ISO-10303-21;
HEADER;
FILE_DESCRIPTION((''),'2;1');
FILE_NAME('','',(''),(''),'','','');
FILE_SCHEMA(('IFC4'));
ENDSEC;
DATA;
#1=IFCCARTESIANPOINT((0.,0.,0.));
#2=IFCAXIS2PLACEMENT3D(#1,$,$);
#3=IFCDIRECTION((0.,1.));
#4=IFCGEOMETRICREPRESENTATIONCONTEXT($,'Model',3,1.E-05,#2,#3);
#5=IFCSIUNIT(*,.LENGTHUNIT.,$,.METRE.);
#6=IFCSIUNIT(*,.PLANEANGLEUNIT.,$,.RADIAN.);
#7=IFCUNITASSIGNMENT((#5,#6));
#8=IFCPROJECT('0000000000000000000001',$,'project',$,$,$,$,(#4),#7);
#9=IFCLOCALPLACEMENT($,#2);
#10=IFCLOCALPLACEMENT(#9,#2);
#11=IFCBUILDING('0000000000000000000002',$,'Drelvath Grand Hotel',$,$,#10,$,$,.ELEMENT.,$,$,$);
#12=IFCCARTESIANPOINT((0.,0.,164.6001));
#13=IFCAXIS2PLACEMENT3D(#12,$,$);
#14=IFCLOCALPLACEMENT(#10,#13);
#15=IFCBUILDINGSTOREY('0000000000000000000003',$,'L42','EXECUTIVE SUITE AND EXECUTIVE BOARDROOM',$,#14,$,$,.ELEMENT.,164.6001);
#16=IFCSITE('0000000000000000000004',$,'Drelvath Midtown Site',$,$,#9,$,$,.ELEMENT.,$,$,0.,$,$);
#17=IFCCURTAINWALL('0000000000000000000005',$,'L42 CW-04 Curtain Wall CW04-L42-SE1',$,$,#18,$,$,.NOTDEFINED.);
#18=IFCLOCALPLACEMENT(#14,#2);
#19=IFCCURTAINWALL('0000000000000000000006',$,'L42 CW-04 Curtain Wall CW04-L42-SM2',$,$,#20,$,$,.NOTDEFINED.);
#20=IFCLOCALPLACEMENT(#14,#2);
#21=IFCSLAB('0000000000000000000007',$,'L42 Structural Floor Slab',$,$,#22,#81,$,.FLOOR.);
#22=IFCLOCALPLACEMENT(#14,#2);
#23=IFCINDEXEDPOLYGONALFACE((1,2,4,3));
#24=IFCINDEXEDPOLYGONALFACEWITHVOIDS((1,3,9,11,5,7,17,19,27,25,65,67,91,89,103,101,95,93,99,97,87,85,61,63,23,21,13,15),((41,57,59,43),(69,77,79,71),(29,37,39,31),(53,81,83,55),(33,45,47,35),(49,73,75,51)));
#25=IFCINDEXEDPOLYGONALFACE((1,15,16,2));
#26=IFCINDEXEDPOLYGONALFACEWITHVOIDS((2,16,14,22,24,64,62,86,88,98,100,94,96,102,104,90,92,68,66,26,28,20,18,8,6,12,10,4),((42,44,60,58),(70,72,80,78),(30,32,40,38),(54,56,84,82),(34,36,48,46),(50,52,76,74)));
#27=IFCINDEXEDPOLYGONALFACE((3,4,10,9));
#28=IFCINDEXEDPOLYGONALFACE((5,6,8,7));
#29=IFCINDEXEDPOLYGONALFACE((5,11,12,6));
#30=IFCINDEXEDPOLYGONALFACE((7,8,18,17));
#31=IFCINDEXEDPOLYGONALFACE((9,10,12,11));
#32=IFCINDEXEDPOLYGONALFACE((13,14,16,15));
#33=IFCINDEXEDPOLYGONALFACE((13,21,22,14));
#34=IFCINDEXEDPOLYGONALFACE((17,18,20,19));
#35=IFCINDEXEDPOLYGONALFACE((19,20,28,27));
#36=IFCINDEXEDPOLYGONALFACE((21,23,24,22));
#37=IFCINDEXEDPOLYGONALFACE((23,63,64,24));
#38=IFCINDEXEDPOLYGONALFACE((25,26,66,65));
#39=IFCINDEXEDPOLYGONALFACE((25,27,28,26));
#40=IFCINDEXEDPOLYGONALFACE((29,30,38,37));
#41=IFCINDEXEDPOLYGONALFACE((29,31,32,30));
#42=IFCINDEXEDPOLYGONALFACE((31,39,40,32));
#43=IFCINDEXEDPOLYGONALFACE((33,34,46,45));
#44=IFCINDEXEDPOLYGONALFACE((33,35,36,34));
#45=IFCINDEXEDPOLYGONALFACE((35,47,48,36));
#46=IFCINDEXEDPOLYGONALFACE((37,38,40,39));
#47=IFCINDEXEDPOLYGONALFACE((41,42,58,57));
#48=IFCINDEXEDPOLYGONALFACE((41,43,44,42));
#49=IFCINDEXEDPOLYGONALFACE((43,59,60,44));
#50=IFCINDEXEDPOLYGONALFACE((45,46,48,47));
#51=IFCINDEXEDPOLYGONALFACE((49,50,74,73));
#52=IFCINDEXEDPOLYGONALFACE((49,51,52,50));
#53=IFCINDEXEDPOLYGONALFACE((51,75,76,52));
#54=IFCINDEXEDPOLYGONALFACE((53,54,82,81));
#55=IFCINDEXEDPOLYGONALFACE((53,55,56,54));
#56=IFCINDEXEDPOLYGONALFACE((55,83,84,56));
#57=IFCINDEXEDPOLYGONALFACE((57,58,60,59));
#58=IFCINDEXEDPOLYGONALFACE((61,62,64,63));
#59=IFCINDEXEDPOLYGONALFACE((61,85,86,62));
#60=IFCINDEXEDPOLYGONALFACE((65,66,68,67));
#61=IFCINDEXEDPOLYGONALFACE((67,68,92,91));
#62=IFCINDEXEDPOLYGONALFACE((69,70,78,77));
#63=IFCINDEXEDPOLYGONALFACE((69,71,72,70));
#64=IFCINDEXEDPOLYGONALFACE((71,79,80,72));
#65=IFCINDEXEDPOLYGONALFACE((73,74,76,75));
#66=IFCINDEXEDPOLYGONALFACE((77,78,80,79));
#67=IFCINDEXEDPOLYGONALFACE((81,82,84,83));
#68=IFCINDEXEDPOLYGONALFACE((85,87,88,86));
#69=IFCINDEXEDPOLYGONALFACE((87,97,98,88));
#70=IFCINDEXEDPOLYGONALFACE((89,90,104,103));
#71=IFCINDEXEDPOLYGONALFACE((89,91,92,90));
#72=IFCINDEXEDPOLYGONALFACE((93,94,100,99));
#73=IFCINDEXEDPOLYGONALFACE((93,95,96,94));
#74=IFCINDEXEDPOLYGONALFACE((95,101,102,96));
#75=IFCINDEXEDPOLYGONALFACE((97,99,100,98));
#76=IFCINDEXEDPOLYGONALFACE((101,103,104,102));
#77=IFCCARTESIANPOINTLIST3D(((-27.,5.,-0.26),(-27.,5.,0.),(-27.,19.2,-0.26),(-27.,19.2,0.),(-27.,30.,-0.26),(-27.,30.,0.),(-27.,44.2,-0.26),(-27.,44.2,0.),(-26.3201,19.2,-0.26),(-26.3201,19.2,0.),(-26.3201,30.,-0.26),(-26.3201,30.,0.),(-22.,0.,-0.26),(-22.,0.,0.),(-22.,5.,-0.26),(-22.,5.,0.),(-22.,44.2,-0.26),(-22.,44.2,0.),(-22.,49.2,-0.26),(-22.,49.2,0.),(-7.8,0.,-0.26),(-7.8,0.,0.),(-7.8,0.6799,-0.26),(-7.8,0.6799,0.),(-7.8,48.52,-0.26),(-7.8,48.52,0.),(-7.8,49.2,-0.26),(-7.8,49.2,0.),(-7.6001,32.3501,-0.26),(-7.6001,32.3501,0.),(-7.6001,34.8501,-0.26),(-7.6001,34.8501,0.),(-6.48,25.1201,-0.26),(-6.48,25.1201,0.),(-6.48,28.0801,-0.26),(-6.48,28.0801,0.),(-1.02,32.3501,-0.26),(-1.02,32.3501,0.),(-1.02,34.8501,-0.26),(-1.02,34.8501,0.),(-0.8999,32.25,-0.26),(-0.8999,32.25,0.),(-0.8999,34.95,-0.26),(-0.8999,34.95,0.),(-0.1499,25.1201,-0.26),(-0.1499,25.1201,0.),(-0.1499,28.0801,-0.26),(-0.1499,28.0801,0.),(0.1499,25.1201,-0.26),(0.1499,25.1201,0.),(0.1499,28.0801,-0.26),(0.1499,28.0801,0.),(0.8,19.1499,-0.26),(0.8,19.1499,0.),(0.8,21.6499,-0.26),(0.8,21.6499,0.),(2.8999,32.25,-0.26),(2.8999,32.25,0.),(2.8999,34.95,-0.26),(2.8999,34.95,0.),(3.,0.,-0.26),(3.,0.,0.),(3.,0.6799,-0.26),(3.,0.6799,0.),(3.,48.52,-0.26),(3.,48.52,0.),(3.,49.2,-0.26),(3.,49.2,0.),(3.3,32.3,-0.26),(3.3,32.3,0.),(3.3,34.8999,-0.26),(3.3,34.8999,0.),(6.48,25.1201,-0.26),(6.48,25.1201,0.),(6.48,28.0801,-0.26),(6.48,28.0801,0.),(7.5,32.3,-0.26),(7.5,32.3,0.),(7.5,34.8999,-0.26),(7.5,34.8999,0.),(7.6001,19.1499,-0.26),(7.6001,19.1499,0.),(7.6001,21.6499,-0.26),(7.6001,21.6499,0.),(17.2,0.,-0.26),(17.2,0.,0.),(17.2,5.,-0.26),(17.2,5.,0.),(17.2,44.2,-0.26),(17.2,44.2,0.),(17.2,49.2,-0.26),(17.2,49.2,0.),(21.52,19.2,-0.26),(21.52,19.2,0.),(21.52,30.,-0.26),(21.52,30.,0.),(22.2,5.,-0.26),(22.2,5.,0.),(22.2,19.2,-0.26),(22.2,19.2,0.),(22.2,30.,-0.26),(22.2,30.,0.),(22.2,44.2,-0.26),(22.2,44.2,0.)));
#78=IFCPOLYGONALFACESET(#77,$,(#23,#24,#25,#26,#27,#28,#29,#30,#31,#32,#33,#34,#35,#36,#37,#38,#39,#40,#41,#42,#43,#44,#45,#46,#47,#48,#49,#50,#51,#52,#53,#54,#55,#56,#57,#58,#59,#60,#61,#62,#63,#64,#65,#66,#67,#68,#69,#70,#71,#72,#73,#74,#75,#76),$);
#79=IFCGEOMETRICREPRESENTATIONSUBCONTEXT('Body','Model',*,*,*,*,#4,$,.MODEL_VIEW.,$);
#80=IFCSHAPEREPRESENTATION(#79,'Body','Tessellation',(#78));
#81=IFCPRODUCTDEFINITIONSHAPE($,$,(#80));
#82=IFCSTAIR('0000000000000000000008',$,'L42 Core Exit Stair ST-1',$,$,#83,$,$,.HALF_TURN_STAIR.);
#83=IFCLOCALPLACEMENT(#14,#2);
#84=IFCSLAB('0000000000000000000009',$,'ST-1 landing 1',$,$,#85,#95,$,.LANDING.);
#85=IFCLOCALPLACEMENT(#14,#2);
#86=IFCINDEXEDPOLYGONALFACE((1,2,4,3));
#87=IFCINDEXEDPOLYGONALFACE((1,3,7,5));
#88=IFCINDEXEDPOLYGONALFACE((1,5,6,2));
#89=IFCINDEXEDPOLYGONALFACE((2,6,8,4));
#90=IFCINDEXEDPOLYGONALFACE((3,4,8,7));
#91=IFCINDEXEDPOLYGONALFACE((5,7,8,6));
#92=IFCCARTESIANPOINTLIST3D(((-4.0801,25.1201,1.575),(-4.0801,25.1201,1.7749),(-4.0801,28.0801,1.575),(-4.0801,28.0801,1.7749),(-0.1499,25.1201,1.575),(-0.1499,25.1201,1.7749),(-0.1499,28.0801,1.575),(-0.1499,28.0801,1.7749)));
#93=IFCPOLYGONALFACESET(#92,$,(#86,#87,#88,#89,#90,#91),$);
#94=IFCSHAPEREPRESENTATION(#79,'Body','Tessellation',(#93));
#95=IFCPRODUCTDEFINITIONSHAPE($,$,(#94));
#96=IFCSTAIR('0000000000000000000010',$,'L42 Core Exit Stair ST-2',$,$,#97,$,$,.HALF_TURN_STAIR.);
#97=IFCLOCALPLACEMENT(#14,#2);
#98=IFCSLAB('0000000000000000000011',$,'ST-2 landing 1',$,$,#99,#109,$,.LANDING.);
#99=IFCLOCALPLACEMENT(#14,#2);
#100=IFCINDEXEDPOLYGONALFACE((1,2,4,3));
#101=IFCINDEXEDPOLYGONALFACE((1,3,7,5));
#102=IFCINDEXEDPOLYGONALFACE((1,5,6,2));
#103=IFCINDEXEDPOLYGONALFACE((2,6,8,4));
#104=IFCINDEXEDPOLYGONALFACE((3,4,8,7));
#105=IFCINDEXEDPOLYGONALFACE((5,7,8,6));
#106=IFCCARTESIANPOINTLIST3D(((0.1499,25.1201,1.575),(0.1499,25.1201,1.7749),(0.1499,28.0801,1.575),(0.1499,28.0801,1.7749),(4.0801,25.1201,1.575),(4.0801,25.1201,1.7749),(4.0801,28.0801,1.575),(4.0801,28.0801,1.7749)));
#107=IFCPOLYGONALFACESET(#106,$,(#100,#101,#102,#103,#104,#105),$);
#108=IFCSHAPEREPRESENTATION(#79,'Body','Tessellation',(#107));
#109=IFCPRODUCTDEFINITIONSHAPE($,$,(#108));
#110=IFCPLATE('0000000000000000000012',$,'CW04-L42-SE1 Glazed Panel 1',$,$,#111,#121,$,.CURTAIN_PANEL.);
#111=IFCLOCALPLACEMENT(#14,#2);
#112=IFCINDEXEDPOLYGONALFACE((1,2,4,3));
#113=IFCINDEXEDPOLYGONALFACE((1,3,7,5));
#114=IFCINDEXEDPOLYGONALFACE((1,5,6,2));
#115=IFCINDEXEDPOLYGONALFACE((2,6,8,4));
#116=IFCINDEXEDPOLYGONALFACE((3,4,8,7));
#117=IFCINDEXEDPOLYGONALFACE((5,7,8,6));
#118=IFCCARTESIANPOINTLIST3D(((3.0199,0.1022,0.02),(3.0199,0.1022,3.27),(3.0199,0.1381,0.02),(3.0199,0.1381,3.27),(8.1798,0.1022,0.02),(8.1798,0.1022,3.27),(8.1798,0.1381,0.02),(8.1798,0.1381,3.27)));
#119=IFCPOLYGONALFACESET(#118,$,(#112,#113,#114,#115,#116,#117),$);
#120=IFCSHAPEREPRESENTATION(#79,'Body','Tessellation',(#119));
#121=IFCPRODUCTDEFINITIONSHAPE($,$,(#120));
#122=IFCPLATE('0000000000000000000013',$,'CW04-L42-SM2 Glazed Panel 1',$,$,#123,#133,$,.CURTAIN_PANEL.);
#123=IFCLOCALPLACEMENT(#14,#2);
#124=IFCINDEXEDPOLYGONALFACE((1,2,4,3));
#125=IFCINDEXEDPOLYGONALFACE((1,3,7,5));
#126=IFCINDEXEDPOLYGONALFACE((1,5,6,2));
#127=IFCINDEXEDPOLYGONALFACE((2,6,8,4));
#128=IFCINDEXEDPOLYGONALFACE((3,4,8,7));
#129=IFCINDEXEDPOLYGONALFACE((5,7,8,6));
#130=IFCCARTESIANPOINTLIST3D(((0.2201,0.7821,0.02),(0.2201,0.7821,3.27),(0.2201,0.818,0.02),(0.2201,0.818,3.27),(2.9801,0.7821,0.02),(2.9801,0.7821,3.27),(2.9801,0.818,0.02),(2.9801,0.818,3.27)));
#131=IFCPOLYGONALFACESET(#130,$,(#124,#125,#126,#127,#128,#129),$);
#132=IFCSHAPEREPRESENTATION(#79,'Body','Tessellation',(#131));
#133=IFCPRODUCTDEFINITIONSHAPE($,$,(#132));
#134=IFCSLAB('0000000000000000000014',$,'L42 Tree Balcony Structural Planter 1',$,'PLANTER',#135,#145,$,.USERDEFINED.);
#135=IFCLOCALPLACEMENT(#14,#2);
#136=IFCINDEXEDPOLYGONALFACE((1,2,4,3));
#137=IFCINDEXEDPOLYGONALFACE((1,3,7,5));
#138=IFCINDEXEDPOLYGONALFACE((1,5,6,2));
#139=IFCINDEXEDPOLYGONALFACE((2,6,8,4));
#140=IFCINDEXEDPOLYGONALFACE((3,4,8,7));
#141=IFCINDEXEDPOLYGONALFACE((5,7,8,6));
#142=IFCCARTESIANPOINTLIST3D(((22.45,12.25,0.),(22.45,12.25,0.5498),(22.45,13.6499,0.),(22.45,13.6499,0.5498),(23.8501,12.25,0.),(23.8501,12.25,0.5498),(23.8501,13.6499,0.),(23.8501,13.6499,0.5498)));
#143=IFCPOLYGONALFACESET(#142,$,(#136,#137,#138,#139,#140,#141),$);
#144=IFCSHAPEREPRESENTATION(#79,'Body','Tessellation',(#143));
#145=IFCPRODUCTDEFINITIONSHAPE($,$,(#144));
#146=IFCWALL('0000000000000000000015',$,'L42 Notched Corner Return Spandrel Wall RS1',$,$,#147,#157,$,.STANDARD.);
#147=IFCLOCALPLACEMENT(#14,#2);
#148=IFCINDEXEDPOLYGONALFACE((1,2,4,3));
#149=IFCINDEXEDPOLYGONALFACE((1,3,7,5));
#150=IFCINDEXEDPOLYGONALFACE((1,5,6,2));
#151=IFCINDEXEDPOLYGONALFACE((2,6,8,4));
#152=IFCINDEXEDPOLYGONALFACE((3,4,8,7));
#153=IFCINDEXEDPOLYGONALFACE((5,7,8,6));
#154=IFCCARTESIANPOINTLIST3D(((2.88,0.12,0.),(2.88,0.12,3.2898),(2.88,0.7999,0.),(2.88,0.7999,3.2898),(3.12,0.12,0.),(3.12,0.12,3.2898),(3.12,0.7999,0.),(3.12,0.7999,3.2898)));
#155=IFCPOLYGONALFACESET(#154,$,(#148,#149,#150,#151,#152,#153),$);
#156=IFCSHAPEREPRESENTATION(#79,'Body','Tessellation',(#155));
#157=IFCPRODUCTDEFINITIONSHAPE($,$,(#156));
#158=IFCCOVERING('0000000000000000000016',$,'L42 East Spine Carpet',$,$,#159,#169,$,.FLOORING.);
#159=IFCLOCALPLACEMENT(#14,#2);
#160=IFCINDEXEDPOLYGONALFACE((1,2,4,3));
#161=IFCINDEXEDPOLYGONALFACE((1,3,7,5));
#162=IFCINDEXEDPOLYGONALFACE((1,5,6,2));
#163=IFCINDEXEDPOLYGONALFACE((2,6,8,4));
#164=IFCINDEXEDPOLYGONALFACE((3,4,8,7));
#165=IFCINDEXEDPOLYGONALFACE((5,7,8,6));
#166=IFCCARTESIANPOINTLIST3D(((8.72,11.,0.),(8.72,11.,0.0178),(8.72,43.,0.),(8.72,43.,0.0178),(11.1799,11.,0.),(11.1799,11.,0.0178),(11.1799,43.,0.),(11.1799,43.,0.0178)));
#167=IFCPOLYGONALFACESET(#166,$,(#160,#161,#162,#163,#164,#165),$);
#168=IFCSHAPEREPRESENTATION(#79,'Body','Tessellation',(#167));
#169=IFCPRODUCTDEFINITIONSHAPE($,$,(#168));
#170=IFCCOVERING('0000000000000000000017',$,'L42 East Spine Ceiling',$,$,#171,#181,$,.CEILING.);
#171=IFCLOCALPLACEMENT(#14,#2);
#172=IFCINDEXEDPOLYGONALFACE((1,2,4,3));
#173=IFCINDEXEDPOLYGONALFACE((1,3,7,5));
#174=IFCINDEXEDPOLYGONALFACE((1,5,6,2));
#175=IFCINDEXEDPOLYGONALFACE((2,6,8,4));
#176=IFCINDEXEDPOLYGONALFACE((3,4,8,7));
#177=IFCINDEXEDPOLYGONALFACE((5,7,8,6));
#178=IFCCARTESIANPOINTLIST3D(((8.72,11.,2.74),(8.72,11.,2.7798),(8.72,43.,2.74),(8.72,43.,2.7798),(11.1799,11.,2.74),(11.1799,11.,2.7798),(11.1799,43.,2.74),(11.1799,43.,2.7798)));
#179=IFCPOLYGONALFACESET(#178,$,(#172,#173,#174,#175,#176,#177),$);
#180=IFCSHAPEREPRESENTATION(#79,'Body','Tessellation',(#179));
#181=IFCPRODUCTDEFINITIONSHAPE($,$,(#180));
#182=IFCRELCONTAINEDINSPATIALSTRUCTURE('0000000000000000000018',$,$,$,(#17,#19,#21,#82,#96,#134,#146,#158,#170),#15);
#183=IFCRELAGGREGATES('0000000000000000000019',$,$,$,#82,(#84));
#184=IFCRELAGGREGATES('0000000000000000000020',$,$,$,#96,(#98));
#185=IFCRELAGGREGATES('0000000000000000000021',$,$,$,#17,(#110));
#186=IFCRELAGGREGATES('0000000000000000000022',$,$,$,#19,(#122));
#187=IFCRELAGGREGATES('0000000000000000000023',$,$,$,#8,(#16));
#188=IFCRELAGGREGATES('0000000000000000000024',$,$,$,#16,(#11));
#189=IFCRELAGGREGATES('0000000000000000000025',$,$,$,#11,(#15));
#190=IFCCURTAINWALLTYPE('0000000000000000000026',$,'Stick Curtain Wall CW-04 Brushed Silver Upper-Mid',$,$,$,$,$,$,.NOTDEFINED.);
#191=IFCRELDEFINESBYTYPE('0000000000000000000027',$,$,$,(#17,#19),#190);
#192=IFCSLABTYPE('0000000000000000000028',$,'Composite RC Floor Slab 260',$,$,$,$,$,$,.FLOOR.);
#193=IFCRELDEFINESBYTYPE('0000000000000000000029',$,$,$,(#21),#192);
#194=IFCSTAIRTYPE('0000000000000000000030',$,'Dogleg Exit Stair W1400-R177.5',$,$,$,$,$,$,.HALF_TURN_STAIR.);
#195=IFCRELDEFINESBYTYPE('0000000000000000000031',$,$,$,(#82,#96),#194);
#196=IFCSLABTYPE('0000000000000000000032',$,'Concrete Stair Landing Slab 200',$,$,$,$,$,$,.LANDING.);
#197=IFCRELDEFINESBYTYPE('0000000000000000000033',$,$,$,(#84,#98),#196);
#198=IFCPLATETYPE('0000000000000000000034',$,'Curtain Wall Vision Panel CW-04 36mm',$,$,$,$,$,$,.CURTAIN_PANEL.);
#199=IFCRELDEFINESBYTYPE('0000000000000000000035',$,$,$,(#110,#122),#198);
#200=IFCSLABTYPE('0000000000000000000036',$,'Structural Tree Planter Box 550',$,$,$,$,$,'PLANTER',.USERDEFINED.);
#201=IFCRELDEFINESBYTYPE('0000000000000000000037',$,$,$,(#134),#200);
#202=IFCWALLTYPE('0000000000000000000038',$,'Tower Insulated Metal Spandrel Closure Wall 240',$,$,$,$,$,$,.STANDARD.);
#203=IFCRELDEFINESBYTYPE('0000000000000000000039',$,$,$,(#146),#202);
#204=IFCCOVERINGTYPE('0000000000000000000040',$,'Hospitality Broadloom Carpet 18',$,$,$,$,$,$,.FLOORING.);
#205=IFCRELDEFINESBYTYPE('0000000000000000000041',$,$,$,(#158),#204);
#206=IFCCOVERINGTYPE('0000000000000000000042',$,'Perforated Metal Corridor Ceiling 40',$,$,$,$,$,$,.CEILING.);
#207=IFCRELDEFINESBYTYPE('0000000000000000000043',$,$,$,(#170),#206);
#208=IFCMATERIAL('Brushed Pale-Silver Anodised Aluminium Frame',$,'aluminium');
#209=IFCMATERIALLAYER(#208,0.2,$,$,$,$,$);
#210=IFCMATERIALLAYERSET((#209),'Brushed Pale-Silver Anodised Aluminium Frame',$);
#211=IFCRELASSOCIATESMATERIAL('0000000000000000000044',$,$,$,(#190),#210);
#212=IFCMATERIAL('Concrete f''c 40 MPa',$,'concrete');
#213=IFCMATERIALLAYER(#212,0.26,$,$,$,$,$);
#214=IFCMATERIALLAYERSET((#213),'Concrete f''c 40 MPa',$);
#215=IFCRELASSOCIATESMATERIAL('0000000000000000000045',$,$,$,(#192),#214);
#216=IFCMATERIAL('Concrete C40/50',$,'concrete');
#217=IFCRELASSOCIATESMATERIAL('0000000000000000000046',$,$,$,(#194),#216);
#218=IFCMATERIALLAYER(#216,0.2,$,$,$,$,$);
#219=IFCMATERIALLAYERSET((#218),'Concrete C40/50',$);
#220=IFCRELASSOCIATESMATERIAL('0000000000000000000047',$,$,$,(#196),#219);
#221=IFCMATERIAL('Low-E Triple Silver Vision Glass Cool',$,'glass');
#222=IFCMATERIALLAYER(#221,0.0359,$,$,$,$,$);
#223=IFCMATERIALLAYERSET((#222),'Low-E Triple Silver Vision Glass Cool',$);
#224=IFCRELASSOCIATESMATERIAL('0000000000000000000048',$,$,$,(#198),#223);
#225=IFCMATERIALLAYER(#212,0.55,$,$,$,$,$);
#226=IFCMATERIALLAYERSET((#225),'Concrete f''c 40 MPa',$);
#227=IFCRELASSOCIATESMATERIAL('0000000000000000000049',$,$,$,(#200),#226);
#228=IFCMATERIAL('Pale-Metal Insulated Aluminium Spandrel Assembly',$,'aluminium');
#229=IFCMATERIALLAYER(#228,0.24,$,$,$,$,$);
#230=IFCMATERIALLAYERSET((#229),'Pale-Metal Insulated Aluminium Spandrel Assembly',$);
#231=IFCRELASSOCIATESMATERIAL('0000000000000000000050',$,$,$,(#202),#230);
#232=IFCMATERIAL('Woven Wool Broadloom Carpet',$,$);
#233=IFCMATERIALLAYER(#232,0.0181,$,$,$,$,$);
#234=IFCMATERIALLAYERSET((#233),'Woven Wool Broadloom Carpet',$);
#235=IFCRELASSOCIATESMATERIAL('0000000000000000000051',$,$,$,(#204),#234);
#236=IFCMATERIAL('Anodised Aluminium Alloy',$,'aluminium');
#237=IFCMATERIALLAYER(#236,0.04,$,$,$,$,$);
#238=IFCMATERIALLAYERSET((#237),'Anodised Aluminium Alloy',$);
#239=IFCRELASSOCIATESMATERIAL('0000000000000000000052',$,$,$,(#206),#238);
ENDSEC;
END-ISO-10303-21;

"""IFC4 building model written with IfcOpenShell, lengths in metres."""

from ifc_helpers import new_model, si_unit, direction, frame, frame_2d, origin, origin_2d, place, context, subcontext, project, spatial, polyline, rectangle, outline, extrude, material, layer, layer_set, type_object, element, aggregate, save


model = new_model("IFC4")

# Units and contexts
model_context = context("Model", 3, precision=1e-05, world=origin(), true_north=direction((0.0, 1.0)))
body_context = subcontext(model_context, "Body", "Model", "MODEL_VIEW")
ifc_project = project(units=[si_unit("LENGTHUNIT", "METRE"), si_unit("PLANEANGLEUNIT", "RADIAN")], contexts=[model_context])

# Site, building, storey
site_placement = place(None, origin())
site = spatial("IfcSite", under=ifc_project, at=site_placement, Name="Drelvath Midtown Site", CompositionType="ELEMENT", RefElevation=0.0)
building_placement = place(site_placement, origin())
building = spatial("IfcBuilding", under=site, at=building_placement, Name="Drelvath Grand Hotel", CompositionType="ELEMENT")
storey_placement = place(building_placement, frame((0.0, 0.0, 164.6001)))
storey = spatial("IfcBuildingStorey", under=building, at=storey_placement, Name="L42", Description="EXECUTIVE SUITE AND EXECUTIVE BOARDROOM", CompositionType="ELEMENT", Elevation=164.6001)

# Curtain walls
ifc_material_1 = material(Name="Brushed Pale-Silver Anodised Aluminium Frame", Category="aluminium")
ifc_layer_1 = layer(ifc_material_1, 0.2)
ifc_layer_set_1 = layer_set([ifc_layer_1], Name="Brushed Pale-Silver Anodised Aluminium Frame")
curtain_wall_type = type_object("IfcCurtainWallType", Name="Stick Curtain Wall CW-04 Brushed Silver Upper-Mid", PredefinedType="NOTDEFINED", material=ifc_layer_set_1)
curtain_wall_1_placement = place(storey_placement, origin())
curtain_wall_1 = element("IfcCurtainWall", 1, at=curtain_wall_1_placement, inside=storey, type_object=curtain_wall_type, Name="L42 CW-04 Curtain Wall CW04-L42-SE1", PredefinedType="NOTDEFINED")
curtain_wall_2_placement = place(storey_placement, origin())
curtain_wall_2 = element("IfcCurtainWall", 2, at=curtain_wall_2_placement, inside=storey, type_object=curtain_wall_type, Name="L42 CW-04 Curtain Wall CW04-L42-SM2", PredefinedType="NOTDEFINED")

# Slab
ifc_material_2 = material(Name="Concrete f'c 40 MPa", Category="concrete")
ifc_layer_2 = layer(ifc_material_2, 0.26)
ifc_layer_set_2 = layer_set([ifc_layer_2], Name="Concrete f'c 40 MPa")
slab_type_1 = type_object("IfcSlabType", Name="Composite RC Floor Slab 260", PredefinedType="FLOOR", material=ifc_layer_set_2)
slab_1_placement = place(storey_placement, frame((0.0, 0.0, -0.26)))
element("IfcSlab", 3, at=slab_1_placement, inside=storey, type_object=slab_type_1, Name="L42 Structural Floor Slab", PredefinedType="FLOOR", context=body_context, shape_type="SweptSolid", body=[
    extrude(outline(polyline([(-22.0, 0.0), (-7.8, 0.0), (-7.8, 0.6799), (3.0, 0.6799), (3.0, 0.0), (17.2, 0.0), (17.2, 5.0), (22.2, 5.0), (22.2, 19.2), (21.52, 19.2), (21.52, 30.0), (22.2, 30.0), (22.2, 44.2), (17.2, 44.2), (17.2, 49.2), (3.0, 49.2), (3.0, 48.52), (-7.8, 48.52), (-7.8, 49.2), (-22.0, 49.2), (-22.0, 44.2), (-27.0, 44.2), (-27.0, 30.0), (-26.3201, 30.0), (-26.3201, 19.2), (-27.0, 19.2), (-27.0, 5.0), (-22.0, 5.0), (-22.0, 0.0)]), holes=[polyline([(-6.48, 25.1201), (-6.48, 28.0801), (-0.1499, 28.0801), (-0.1499, 25.1201), (-6.48, 25.1201)]), polyline([(0.1499, 25.1201), (0.1499, 28.0801), (6.48, 28.0801), (6.48, 25.1201), (0.1499, 25.1201)]), polyline([(0.8, 19.1499), (0.8, 21.6499), (7.6001, 21.6499), (7.6001, 19.1499), (0.8, 19.1499)]), polyline([(-7.6001, 32.3501), (-7.6001, 34.8501), (-1.02, 34.8501), (-1.02, 32.3501), (-7.6001, 32.3501)]), polyline([(-0.8999, 32.25), (-0.8999, 34.95), (2.8999, 34.95), (2.8999, 32.25), (-0.8999, 32.25)]), polyline([(3.3, 32.3), (3.3, 34.8999), (7.5, 34.8999), (7.5, 32.3), (3.3, 32.3)])]), origin(), (0.0, 0.0, 1.0), 0.26),
])

# Stairs, slabs
ifc_material_3 = material(Name="Concrete C40/50", Category="concrete")
stair_type = type_object("IfcStairType", Name="Dogleg Exit Stair W1400-R177.5", PredefinedType="HALF_TURN_STAIR", material=ifc_material_3)
stair_1_placement = place(storey_placement, origin())
stair_1 = element("IfcStair", 4, at=stair_1_placement, inside=storey, type_object=stair_type, Name="L42 Core Exit Stair ST-1", PredefinedType="HALF_TURN_STAIR")
ifc_layer_3 = layer(ifc_material_3, 0.2)
ifc_layer_set_3 = layer_set([ifc_layer_3], Name="Concrete C40/50")
slab_type_2 = type_object("IfcSlabType", Name="Concrete Stair Landing Slab 200", PredefinedType="LANDING", material=ifc_layer_set_3)
slab_2_placement = place(storey_placement, frame((0.0, 0.0, 1.575)))
slab_2 = element("IfcSlab", 5, at=slab_2_placement, type_object=slab_type_2, Name="ST-1 landing 1", PredefinedType="LANDING", context=body_context, shape_type="SweptSolid", body=[
    extrude(outline(polyline([(-4.0801, 25.1201), (-0.1499, 25.1201), (-0.1499, 28.0801), (-4.0801, 28.0801), (-4.0801, 25.1201)])), origin(), (0.0, 0.0, 1.0), 0.2),
])
aggregate(stair_1, [slab_2])
stair_2_placement = place(storey_placement, origin())
stair_2 = element("IfcStair", 6, at=stair_2_placement, inside=storey, type_object=stair_type, Name="L42 Core Exit Stair ST-2", PredefinedType="HALF_TURN_STAIR")
slab_3_placement = place(storey_placement, frame((0.0, 0.0, 1.575)))
slab_3 = element("IfcSlab", 7, at=slab_3_placement, type_object=slab_type_2, Name="ST-2 landing 1", PredefinedType="LANDING", context=body_context, shape_type="SweptSolid", body=[
    extrude(outline(polyline([(4.0801, 28.0801), (0.1499, 28.0801), (0.1499, 25.1201), (4.0801, 25.1201), (4.0801, 28.0801)])), origin(), (0.0, 0.0, 1.0), 0.2),
])
aggregate(stair_2, [slab_3])

# Plates
ifc_material_4 = material(Name="Low-E Triple Silver Vision Glass Cool", Category="glass")
ifc_layer_4 = layer(ifc_material_4, 0.0359)
ifc_layer_set_4 = layer_set([ifc_layer_4], Name="Low-E Triple Silver Vision Glass Cool")
plate_type = type_object("IfcPlateType", Name="Curtain Wall Vision Panel CW-04 36mm", PredefinedType="CURTAIN_PANEL", material=ifc_layer_set_4)
plate_1_placement = place(storey_placement, frame((5.5999, 0.1201, 0.02), z_axis=(0.0, 0.0, 1.0), x_axis=(-1.0, 0.0, 0.0)))
plate_1 = element("IfcPlate", 8, at=plate_1_placement, type_object=plate_type, Name="CW04-L42-SE1 Glazed Panel 1", PredefinedType="CURTAIN_PANEL", context=body_context, shape_type="SweptSolid", body=[
    extrude(rectangle(XDim=5.1599, YDim=0.0359, at=origin_2d()), origin(), (0.0, 0.0, 1.0), 3.25),
])
aggregate(curtain_wall_1, [plate_1])
plate_2_placement = place(storey_placement, frame((1.6001, 0.8, 0.02), z_axis=(0.0, 0.0, 1.0), x_axis=(-1.0, 0.0, 0.0)))
plate_2 = element("IfcPlate", 9, at=plate_2_placement, type_object=plate_type, Name="CW04-L42-SM2 Glazed Panel 1", PredefinedType="CURTAIN_PANEL", context=body_context, shape_type="SweptSolid", body=[
    extrude(rectangle(XDim=2.76, YDim=0.0359, at=origin_2d()), origin(), (0.0, 0.0, 1.0), 3.25),
])
aggregate(curtain_wall_2, [plate_2])

# Slab
ifc_layer_5 = layer(ifc_material_2, 0.55)
ifc_layer_set_5 = layer_set([ifc_layer_5], Name="Concrete f'c 40 MPa")
slab_type_3 = type_object("IfcSlabType", Name="Structural Tree Planter Box 550", ElementType="PLANTER", PredefinedType="USERDEFINED", material=ifc_layer_set_5)
slab_4_placement = place(storey_placement, origin())
element("IfcSlab", 10, at=slab_4_placement, inside=storey, type_object=slab_type_3, Name="L42 Tree Balcony Structural Planter 1", ObjectType="PLANTER", PredefinedType="USERDEFINED", context=body_context, shape_type="SweptSolid", body=[
    extrude(outline(polyline([(22.45, 12.25), (23.8501, 12.25), (23.8501, 13.6499), (22.45, 13.6499), (22.45, 12.25)])), origin(), (0.0, 0.0, 1.0), 0.5498),
])

# Wall
ifc_material_5 = material(Name="Pale-Metal Insulated Aluminium Spandrel Assembly", Category="aluminium")
ifc_layer_6 = layer(ifc_material_5, 0.24)
ifc_layer_set_6 = layer_set([ifc_layer_6], Name="Pale-Metal Insulated Aluminium Spandrel Assembly")
wall_type = type_object("IfcWallType", Name="Tower Insulated Metal Spandrel Closure Wall 240", PredefinedType="STANDARD", material=ifc_layer_set_6)
wall_placement = place(storey_placement, frame((3.0, 0.1201, 0.0), z_axis=(0.0, 0.0, 1.0), x_axis=(0.0, 1.0, 0.0)))
element("IfcWall", 11, at=wall_placement, inside=storey, type_object=wall_type, Name="L42 Notched Corner Return Spandrel Wall RS1", PredefinedType="STANDARD", context=body_context, shape_type="SweptSolid", body=[
    extrude(rectangle(XDim=0.6799, YDim=0.24, at=frame_2d((0.3398, 0.0))), origin(), (0.0, 0.0, 1.0), 3.2898),
])

# Coverings
ifc_material_6 = material(Name="Woven Wool Broadloom Carpet")
ifc_layer_7 = layer(ifc_material_6, 0.0181)
ifc_layer_set_7 = layer_set([ifc_layer_7], Name="Woven Wool Broadloom Carpet")
covering_type_1 = type_object("IfcCoveringType", Name="Hospitality Broadloom Carpet 18", PredefinedType="FLOORING", material=ifc_layer_set_7)
covering_1_placement = place(storey_placement, origin())
element("IfcCovering", 12, at=covering_1_placement, inside=storey, type_object=covering_type_1, Name="L42 East Spine Carpet", PredefinedType="FLOORING", context=body_context, shape_type="SweptSolid", body=[
    extrude(outline(polyline([(11.1799, 11.0), (11.1799, 43.0), (8.72, 43.0), (8.72, 11.0), (11.1799, 11.0)])), origin(), (0.0, 0.0, 1.0), 0.0178),
])
ifc_material_7 = material(Name="Anodised Aluminium Alloy", Category="aluminium")
ifc_layer_8 = layer(ifc_material_7, 0.04)
ifc_layer_set_8 = layer_set([ifc_layer_8], Name="Anodised Aluminium Alloy")
covering_type_2 = type_object("IfcCoveringType", Name="Perforated Metal Corridor Ceiling 40", PredefinedType="CEILING", material=ifc_layer_set_8)
covering_2_placement = place(storey_placement, frame((0.0, 0.0, 2.74)))
element("IfcCovering", 13, at=covering_2_placement, inside=storey, type_object=covering_type_2, Name="L42 East Spine Ceiling", PredefinedType="CEILING", context=body_context, shape_type="SweptSolid", body=[
    extrude(outline(polyline([(11.1799, 11.0), (11.1799, 43.0), (8.72, 43.0), (8.72, 11.0), (11.1799, 11.0)])), origin(), (0.0, 0.0, 1.0), 0.0398),
])

save(model, "model.ifc")
